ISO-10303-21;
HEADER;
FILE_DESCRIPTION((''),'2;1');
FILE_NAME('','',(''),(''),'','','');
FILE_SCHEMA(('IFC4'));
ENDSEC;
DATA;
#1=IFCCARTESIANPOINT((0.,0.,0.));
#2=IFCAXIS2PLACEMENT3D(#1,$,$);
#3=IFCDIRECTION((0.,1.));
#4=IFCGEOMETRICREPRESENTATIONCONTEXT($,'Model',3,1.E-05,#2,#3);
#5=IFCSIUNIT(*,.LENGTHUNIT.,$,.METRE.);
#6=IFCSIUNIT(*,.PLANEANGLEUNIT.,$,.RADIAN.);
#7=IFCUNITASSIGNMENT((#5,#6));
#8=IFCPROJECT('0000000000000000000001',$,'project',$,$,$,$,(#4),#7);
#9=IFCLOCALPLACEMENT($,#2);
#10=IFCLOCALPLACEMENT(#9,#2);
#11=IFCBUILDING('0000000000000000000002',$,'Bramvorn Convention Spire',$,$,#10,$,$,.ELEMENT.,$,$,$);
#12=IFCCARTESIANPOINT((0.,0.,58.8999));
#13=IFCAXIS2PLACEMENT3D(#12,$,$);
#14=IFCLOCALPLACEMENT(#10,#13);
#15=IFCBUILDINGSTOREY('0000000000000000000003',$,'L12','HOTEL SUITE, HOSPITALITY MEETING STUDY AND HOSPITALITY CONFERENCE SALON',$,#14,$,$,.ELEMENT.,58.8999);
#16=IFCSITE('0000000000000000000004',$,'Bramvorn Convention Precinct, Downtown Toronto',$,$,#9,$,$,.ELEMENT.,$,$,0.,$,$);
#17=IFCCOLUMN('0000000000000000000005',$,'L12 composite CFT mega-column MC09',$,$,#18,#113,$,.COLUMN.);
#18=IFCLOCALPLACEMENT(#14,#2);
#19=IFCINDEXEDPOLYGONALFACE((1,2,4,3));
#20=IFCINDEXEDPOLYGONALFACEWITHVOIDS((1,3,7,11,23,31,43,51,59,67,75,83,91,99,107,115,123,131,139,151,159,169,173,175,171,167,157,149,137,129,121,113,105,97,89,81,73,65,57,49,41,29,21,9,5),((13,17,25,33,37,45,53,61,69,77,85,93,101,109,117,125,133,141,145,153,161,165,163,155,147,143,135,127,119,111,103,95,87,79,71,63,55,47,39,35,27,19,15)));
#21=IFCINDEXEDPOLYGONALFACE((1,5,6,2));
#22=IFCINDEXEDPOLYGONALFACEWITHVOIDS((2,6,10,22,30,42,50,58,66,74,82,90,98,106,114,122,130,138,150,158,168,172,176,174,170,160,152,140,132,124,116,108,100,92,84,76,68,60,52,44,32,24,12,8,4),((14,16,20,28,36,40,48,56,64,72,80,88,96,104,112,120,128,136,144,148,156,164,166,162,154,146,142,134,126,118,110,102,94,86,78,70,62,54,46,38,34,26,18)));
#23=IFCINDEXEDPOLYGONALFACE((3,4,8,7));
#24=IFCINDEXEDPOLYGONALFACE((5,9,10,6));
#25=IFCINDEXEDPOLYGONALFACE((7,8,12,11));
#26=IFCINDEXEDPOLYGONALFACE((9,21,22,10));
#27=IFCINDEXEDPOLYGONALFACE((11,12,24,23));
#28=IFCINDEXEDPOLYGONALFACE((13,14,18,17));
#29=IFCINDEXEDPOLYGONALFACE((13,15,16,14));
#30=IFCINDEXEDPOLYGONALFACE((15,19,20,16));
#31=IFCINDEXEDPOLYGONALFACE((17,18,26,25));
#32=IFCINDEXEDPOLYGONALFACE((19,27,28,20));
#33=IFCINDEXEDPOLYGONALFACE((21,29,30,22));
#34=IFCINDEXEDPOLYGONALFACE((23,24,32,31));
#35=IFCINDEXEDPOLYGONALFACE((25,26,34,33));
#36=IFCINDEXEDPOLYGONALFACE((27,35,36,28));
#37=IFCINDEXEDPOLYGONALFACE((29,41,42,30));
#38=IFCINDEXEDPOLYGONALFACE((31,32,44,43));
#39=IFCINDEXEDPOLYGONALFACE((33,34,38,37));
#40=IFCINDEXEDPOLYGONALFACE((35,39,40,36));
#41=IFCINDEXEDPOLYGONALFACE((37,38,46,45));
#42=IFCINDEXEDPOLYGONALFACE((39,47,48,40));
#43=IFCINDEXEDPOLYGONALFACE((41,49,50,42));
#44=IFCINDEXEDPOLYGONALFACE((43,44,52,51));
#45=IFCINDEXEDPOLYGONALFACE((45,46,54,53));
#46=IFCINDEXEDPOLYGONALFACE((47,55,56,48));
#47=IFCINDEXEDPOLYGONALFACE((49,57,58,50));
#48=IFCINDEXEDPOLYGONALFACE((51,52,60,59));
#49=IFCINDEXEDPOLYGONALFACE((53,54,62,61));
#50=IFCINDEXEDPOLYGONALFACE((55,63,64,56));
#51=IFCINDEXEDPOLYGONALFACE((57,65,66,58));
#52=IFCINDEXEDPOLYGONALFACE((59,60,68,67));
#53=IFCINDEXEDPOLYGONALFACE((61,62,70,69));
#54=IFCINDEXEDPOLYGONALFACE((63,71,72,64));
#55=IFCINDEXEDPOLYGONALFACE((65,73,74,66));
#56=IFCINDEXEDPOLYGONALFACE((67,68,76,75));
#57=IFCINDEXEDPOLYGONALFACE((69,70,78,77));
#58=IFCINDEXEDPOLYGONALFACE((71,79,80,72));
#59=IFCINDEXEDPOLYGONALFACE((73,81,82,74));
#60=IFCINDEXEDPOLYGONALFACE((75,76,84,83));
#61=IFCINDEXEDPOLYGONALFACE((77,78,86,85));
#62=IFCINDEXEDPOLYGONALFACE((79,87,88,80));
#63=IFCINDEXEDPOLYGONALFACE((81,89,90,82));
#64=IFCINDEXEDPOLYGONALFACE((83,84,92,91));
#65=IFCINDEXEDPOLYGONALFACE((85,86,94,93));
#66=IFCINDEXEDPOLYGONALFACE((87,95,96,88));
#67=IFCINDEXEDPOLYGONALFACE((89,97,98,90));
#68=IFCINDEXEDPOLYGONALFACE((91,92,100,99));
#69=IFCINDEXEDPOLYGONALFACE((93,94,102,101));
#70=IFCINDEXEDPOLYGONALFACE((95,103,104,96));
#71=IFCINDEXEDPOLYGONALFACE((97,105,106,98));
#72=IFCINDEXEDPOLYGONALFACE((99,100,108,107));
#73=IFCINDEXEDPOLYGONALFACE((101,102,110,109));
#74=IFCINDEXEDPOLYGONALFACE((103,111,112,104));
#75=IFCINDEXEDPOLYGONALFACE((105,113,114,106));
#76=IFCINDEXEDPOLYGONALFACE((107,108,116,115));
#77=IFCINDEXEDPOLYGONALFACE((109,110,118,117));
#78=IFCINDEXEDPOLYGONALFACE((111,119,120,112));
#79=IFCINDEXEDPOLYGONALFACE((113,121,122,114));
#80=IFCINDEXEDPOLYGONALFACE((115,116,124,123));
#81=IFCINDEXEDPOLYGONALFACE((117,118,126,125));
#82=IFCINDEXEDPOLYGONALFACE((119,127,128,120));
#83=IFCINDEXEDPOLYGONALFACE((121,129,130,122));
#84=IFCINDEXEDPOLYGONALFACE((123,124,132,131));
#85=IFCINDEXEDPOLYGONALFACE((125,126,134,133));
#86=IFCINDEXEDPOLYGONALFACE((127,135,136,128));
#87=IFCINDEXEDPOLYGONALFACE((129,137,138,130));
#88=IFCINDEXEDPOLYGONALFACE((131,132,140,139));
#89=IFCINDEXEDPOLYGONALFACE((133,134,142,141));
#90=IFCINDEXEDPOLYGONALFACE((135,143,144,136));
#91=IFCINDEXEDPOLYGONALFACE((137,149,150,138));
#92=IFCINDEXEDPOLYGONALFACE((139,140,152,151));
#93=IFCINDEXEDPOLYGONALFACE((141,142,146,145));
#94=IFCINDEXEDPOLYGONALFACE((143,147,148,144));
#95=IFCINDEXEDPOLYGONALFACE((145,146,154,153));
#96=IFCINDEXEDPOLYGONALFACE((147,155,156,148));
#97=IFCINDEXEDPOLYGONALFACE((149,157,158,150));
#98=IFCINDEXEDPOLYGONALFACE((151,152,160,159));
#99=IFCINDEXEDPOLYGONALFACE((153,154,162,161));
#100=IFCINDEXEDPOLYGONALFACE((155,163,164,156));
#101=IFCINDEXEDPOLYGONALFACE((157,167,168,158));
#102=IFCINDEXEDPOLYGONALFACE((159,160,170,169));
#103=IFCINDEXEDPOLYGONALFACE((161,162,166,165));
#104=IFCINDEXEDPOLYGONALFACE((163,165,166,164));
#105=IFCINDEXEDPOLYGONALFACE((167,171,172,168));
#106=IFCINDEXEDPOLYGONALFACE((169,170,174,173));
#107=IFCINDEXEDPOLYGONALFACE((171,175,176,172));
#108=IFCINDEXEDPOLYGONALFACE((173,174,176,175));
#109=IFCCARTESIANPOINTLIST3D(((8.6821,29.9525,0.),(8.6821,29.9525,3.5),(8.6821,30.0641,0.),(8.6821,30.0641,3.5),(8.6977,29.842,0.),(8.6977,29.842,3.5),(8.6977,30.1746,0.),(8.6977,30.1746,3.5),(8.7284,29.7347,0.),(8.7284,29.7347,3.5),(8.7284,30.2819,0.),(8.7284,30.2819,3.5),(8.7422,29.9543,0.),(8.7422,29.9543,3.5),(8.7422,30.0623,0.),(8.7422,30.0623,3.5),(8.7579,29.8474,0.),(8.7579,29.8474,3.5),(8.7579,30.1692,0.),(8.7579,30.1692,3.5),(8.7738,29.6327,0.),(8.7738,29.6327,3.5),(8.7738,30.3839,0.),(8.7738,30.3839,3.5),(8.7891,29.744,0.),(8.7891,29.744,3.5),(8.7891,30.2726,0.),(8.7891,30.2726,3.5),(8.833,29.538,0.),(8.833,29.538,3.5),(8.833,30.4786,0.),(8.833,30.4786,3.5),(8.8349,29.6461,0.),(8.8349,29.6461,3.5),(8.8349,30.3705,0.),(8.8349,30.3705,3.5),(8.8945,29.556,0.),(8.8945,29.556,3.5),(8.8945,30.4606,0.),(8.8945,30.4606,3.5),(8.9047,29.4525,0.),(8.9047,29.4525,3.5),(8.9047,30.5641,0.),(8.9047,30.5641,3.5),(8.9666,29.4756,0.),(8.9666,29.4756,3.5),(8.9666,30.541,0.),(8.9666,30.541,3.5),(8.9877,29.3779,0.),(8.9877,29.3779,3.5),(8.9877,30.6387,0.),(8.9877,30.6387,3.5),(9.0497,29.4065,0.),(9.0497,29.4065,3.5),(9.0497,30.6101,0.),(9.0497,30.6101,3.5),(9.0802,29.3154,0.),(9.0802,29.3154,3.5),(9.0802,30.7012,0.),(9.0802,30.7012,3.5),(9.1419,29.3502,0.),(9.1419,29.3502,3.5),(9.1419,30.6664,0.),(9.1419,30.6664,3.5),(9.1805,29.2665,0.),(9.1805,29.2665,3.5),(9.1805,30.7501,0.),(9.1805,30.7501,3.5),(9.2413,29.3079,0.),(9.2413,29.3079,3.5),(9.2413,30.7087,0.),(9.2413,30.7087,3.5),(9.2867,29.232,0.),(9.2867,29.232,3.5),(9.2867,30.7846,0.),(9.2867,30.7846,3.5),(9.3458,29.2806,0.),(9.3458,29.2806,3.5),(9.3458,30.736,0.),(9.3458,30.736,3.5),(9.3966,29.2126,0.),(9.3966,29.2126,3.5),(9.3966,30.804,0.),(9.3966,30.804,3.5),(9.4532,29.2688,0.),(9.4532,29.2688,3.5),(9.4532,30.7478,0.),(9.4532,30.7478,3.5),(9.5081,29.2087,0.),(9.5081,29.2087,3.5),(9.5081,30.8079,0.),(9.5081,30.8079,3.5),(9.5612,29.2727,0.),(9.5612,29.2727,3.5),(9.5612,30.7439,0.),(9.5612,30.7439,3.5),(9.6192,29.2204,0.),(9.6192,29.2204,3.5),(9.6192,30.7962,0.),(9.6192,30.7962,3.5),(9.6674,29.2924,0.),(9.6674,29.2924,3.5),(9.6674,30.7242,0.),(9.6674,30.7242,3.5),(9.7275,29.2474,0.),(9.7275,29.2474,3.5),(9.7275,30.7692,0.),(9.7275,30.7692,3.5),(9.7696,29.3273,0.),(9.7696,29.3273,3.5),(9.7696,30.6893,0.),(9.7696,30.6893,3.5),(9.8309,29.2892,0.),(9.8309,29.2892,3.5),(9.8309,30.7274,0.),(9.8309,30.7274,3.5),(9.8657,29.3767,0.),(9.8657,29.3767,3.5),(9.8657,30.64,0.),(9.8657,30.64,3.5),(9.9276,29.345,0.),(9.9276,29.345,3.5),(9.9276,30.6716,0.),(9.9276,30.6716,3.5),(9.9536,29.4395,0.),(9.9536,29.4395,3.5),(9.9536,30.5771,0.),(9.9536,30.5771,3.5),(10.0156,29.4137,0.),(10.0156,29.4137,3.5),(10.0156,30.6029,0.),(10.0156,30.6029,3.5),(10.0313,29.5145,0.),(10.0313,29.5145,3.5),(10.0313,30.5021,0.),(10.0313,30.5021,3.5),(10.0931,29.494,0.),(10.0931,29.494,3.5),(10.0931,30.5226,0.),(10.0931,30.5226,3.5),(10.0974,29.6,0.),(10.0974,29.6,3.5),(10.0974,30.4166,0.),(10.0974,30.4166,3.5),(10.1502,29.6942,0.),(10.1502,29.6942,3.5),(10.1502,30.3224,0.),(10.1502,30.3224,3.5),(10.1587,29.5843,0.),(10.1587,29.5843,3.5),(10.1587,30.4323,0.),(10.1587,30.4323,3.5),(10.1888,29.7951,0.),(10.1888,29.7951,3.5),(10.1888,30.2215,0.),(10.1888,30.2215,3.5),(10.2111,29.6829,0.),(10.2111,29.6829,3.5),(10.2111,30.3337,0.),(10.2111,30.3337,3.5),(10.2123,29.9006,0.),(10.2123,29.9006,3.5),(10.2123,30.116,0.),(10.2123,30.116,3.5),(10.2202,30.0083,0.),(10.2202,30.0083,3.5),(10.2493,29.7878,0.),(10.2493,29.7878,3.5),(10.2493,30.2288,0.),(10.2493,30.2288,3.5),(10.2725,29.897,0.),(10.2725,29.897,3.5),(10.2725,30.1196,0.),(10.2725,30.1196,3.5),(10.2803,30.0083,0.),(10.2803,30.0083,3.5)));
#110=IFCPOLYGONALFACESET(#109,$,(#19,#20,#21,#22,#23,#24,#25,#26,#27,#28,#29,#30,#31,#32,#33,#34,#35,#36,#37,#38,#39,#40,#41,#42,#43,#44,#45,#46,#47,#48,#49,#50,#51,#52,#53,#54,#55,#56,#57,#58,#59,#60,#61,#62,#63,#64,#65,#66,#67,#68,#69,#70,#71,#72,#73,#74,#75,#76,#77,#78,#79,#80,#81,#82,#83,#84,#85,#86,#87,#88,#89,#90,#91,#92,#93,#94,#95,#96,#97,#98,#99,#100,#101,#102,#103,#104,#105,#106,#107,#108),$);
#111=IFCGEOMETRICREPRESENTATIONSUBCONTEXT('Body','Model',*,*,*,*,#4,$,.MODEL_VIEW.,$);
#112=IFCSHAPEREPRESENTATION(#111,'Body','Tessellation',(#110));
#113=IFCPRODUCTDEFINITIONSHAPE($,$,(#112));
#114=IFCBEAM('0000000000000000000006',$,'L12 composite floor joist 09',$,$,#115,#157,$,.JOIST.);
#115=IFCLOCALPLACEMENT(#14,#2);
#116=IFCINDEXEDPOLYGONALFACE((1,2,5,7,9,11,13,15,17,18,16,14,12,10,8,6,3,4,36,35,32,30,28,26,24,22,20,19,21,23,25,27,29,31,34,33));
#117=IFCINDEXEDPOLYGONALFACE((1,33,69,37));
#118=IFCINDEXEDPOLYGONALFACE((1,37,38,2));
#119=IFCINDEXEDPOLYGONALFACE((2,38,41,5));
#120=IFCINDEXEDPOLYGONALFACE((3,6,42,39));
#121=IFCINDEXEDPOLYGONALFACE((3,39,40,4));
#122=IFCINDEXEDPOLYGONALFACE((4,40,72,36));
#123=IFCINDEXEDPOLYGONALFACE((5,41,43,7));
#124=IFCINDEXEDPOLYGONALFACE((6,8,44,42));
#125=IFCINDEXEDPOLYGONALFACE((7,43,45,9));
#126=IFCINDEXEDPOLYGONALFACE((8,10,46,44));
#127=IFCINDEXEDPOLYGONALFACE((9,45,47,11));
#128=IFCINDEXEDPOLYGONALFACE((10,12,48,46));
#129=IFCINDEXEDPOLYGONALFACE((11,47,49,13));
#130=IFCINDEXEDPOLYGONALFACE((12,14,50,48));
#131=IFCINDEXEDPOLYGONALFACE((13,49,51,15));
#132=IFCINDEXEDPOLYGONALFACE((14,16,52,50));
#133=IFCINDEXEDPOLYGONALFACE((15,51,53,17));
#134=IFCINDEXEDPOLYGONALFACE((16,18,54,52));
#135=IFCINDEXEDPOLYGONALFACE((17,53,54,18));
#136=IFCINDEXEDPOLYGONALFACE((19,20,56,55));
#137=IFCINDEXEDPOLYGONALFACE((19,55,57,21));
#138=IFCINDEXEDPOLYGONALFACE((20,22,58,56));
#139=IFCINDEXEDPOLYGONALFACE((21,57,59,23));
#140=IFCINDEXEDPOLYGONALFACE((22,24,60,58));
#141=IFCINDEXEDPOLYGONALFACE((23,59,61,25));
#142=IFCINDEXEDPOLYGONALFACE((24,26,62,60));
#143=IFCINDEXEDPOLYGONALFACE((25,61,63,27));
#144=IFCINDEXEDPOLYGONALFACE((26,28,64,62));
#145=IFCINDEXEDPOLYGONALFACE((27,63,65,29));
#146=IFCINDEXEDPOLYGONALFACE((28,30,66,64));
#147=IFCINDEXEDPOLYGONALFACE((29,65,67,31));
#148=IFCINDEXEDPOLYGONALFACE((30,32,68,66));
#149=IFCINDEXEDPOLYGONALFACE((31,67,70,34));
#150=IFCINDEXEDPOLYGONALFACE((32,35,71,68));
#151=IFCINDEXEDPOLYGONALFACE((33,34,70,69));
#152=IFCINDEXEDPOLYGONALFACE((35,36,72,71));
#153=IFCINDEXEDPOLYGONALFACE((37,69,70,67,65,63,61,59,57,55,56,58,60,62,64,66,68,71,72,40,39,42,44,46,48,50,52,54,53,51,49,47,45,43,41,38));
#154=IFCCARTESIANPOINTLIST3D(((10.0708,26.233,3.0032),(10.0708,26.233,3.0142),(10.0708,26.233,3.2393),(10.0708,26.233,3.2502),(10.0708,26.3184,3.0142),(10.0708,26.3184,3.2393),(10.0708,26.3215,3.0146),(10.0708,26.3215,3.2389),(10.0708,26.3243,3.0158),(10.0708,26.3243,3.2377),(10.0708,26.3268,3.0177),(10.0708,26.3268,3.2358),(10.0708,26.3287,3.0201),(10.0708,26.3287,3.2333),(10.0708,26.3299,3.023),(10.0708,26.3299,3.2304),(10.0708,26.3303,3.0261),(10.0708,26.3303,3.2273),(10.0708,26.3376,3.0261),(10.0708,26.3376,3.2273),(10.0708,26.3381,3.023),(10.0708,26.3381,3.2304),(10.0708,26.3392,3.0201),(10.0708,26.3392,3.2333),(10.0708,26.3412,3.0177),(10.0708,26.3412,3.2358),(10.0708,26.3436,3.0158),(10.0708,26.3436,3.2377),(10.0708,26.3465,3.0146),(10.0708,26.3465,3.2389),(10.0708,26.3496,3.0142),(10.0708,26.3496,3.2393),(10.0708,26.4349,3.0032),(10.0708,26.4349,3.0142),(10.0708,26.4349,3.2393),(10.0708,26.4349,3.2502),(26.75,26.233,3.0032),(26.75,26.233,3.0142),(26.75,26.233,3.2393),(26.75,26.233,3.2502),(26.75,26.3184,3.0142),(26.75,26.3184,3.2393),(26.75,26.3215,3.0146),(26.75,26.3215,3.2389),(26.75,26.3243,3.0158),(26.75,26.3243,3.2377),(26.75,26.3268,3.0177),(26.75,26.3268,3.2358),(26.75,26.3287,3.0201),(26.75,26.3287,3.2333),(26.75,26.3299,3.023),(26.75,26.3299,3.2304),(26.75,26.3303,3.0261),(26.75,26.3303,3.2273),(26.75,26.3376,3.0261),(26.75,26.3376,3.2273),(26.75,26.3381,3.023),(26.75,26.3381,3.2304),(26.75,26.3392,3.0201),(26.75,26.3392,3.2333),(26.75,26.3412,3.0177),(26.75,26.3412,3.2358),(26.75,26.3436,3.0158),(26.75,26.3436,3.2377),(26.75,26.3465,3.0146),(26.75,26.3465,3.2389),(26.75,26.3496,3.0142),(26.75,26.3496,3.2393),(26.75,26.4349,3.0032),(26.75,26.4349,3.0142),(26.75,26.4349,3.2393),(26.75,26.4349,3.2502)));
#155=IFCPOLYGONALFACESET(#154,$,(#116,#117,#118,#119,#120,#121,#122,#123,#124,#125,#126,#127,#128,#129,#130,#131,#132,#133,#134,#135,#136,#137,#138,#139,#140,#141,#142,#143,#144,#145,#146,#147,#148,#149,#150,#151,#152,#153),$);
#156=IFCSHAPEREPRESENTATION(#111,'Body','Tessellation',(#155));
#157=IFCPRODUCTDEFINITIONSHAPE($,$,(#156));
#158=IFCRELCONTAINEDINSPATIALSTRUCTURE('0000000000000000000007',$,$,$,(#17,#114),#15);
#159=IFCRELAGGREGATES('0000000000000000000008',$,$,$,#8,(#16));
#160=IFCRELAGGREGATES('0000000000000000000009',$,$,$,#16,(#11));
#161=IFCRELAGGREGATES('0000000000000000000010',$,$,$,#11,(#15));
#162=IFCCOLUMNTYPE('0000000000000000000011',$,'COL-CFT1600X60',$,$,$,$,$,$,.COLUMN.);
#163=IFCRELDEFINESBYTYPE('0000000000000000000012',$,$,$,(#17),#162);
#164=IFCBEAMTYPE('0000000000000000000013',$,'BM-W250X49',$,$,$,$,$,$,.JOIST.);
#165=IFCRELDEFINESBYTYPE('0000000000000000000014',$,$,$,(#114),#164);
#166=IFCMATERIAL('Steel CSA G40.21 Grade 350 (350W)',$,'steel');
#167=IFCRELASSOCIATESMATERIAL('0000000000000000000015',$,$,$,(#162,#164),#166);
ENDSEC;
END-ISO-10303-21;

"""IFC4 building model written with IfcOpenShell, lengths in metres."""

from ifc_helpers import new_model, si_unit, direction, frame, origin, origin_2d, place, context, subcontext, project, spatial, hollow_circle, i_section, extrude, material, material_profile, profile_set, type_object, element, save


model = new_model("IFC4")

# Units and contexts
model_context = context("Model", 3, precision=1e-05, world=origin(), true_north=direction((0.0, 1.0)))
body_context = subcontext(model_context, "Body", "Model", "MODEL_VIEW")
ifc_project = project(units=[si_unit("LENGTHUNIT", "METRE"), si_unit("PLANEANGLEUNIT", "RADIAN")], contexts=[model_context])

# Site, building, storey
site_placement = place(None, origin())
site = spatial("IfcSite", under=ifc_project, at=site_placement, Name="Bramvorn Convention Precinct, Downtown Toronto", CompositionType="ELEMENT", RefElevation=0.0)
building_placement = place(site_placement, origin())
building = spatial("IfcBuilding", under=site, at=building_placement, Name="Bramvorn Convention Spire", CompositionType="ELEMENT")
storey_placement = place(building_placement, frame((0.0, 0.0, 58.8999)))
storey = spatial("IfcBuildingStorey", under=building, at=storey_placement, Name="L12", Description="HOTEL SUITE, HOSPITALITY MEETING STUDY AND HOSPITALITY CONFERENCE SALON", CompositionType="ELEMENT", Elevation=58.8999)

# Column
ifc_material_1 = material(Name="Steel CSA G40.21 Grade 350 (350W)", Category="steel")
ifc_material_profile_1 = material_profile(ifc_material_1, hollow_circle(Radius=0.8, WallThickness=0.0601, at=origin_2d()))
ifc_profile_set_1 = profile_set([ifc_material_profile_1], Name="Steel CSA G40.21 Grade 350 (350W) - CFT1600X60")
column_type = type_object("IfcColumnType", Name="COL-CFT1600X60", PredefinedType="COLUMN", material=ifc_profile_set_1)
column_placement = place(storey_placement, frame((9.4802, 30.0083, 0.0), z_axis=(0.0, 0.0, 1.0), x_axis=(1.0, 0.0, 0.0)))
element("IfcColumn", 1, at=column_placement, inside=storey, type_object=column_type, Name="L12 composite CFT mega-column MC09", PredefinedType="COLUMN", context=body_context, shape_type="SweptSolid", body=[
    extrude(hollow_circle(Radius=0.8, WallThickness=0.0601, at=origin_2d()), origin(), (0.0, 0.0, 1.0), 3.5),
])

# Beam
ifc_material_profile_2 = material_profile(ifc_material_1, i_section(OverallWidth=0.2019, OverallDepth=0.2471, WebThickness=0.0073, FlangeThickness=0.011, FilletRadius=0.012, at=origin_2d()))
ifc_profile_set_2 = profile_set([ifc_material_profile_2], Name="Steel CSA G40.21 Grade 350 (350W) - W250X49")
beam_type_1 = type_object("IfcBeamType", Name="BM-W250X49", PredefinedType="JOIST", material=ifc_profile_set_2)
beam_1_placement = place(storey_placement, frame((26.75, 26.334, 3.1267), z_axis=(-1.0, 0.0, 0.0), x_axis=(0.0, -1.0, 0.0)))
element("IfcBeam", 2, at=beam_1_placement, inside=storey, type_object=beam_type_1, Name="L12 composite floor joist 09", PredefinedType="JOIST", context=body_context, shape_type="SweptSolid", body=[
    extrude(i_section(OverallWidth=0.2019, OverallDepth=0.2471, WebThickness=0.0073, FlangeThickness=0.011, FilletRadius=0.012, at=origin_2d()), origin(), (0.0, 0.0, 1.0), 16.6792),
])

save(model, "model.ifc")
